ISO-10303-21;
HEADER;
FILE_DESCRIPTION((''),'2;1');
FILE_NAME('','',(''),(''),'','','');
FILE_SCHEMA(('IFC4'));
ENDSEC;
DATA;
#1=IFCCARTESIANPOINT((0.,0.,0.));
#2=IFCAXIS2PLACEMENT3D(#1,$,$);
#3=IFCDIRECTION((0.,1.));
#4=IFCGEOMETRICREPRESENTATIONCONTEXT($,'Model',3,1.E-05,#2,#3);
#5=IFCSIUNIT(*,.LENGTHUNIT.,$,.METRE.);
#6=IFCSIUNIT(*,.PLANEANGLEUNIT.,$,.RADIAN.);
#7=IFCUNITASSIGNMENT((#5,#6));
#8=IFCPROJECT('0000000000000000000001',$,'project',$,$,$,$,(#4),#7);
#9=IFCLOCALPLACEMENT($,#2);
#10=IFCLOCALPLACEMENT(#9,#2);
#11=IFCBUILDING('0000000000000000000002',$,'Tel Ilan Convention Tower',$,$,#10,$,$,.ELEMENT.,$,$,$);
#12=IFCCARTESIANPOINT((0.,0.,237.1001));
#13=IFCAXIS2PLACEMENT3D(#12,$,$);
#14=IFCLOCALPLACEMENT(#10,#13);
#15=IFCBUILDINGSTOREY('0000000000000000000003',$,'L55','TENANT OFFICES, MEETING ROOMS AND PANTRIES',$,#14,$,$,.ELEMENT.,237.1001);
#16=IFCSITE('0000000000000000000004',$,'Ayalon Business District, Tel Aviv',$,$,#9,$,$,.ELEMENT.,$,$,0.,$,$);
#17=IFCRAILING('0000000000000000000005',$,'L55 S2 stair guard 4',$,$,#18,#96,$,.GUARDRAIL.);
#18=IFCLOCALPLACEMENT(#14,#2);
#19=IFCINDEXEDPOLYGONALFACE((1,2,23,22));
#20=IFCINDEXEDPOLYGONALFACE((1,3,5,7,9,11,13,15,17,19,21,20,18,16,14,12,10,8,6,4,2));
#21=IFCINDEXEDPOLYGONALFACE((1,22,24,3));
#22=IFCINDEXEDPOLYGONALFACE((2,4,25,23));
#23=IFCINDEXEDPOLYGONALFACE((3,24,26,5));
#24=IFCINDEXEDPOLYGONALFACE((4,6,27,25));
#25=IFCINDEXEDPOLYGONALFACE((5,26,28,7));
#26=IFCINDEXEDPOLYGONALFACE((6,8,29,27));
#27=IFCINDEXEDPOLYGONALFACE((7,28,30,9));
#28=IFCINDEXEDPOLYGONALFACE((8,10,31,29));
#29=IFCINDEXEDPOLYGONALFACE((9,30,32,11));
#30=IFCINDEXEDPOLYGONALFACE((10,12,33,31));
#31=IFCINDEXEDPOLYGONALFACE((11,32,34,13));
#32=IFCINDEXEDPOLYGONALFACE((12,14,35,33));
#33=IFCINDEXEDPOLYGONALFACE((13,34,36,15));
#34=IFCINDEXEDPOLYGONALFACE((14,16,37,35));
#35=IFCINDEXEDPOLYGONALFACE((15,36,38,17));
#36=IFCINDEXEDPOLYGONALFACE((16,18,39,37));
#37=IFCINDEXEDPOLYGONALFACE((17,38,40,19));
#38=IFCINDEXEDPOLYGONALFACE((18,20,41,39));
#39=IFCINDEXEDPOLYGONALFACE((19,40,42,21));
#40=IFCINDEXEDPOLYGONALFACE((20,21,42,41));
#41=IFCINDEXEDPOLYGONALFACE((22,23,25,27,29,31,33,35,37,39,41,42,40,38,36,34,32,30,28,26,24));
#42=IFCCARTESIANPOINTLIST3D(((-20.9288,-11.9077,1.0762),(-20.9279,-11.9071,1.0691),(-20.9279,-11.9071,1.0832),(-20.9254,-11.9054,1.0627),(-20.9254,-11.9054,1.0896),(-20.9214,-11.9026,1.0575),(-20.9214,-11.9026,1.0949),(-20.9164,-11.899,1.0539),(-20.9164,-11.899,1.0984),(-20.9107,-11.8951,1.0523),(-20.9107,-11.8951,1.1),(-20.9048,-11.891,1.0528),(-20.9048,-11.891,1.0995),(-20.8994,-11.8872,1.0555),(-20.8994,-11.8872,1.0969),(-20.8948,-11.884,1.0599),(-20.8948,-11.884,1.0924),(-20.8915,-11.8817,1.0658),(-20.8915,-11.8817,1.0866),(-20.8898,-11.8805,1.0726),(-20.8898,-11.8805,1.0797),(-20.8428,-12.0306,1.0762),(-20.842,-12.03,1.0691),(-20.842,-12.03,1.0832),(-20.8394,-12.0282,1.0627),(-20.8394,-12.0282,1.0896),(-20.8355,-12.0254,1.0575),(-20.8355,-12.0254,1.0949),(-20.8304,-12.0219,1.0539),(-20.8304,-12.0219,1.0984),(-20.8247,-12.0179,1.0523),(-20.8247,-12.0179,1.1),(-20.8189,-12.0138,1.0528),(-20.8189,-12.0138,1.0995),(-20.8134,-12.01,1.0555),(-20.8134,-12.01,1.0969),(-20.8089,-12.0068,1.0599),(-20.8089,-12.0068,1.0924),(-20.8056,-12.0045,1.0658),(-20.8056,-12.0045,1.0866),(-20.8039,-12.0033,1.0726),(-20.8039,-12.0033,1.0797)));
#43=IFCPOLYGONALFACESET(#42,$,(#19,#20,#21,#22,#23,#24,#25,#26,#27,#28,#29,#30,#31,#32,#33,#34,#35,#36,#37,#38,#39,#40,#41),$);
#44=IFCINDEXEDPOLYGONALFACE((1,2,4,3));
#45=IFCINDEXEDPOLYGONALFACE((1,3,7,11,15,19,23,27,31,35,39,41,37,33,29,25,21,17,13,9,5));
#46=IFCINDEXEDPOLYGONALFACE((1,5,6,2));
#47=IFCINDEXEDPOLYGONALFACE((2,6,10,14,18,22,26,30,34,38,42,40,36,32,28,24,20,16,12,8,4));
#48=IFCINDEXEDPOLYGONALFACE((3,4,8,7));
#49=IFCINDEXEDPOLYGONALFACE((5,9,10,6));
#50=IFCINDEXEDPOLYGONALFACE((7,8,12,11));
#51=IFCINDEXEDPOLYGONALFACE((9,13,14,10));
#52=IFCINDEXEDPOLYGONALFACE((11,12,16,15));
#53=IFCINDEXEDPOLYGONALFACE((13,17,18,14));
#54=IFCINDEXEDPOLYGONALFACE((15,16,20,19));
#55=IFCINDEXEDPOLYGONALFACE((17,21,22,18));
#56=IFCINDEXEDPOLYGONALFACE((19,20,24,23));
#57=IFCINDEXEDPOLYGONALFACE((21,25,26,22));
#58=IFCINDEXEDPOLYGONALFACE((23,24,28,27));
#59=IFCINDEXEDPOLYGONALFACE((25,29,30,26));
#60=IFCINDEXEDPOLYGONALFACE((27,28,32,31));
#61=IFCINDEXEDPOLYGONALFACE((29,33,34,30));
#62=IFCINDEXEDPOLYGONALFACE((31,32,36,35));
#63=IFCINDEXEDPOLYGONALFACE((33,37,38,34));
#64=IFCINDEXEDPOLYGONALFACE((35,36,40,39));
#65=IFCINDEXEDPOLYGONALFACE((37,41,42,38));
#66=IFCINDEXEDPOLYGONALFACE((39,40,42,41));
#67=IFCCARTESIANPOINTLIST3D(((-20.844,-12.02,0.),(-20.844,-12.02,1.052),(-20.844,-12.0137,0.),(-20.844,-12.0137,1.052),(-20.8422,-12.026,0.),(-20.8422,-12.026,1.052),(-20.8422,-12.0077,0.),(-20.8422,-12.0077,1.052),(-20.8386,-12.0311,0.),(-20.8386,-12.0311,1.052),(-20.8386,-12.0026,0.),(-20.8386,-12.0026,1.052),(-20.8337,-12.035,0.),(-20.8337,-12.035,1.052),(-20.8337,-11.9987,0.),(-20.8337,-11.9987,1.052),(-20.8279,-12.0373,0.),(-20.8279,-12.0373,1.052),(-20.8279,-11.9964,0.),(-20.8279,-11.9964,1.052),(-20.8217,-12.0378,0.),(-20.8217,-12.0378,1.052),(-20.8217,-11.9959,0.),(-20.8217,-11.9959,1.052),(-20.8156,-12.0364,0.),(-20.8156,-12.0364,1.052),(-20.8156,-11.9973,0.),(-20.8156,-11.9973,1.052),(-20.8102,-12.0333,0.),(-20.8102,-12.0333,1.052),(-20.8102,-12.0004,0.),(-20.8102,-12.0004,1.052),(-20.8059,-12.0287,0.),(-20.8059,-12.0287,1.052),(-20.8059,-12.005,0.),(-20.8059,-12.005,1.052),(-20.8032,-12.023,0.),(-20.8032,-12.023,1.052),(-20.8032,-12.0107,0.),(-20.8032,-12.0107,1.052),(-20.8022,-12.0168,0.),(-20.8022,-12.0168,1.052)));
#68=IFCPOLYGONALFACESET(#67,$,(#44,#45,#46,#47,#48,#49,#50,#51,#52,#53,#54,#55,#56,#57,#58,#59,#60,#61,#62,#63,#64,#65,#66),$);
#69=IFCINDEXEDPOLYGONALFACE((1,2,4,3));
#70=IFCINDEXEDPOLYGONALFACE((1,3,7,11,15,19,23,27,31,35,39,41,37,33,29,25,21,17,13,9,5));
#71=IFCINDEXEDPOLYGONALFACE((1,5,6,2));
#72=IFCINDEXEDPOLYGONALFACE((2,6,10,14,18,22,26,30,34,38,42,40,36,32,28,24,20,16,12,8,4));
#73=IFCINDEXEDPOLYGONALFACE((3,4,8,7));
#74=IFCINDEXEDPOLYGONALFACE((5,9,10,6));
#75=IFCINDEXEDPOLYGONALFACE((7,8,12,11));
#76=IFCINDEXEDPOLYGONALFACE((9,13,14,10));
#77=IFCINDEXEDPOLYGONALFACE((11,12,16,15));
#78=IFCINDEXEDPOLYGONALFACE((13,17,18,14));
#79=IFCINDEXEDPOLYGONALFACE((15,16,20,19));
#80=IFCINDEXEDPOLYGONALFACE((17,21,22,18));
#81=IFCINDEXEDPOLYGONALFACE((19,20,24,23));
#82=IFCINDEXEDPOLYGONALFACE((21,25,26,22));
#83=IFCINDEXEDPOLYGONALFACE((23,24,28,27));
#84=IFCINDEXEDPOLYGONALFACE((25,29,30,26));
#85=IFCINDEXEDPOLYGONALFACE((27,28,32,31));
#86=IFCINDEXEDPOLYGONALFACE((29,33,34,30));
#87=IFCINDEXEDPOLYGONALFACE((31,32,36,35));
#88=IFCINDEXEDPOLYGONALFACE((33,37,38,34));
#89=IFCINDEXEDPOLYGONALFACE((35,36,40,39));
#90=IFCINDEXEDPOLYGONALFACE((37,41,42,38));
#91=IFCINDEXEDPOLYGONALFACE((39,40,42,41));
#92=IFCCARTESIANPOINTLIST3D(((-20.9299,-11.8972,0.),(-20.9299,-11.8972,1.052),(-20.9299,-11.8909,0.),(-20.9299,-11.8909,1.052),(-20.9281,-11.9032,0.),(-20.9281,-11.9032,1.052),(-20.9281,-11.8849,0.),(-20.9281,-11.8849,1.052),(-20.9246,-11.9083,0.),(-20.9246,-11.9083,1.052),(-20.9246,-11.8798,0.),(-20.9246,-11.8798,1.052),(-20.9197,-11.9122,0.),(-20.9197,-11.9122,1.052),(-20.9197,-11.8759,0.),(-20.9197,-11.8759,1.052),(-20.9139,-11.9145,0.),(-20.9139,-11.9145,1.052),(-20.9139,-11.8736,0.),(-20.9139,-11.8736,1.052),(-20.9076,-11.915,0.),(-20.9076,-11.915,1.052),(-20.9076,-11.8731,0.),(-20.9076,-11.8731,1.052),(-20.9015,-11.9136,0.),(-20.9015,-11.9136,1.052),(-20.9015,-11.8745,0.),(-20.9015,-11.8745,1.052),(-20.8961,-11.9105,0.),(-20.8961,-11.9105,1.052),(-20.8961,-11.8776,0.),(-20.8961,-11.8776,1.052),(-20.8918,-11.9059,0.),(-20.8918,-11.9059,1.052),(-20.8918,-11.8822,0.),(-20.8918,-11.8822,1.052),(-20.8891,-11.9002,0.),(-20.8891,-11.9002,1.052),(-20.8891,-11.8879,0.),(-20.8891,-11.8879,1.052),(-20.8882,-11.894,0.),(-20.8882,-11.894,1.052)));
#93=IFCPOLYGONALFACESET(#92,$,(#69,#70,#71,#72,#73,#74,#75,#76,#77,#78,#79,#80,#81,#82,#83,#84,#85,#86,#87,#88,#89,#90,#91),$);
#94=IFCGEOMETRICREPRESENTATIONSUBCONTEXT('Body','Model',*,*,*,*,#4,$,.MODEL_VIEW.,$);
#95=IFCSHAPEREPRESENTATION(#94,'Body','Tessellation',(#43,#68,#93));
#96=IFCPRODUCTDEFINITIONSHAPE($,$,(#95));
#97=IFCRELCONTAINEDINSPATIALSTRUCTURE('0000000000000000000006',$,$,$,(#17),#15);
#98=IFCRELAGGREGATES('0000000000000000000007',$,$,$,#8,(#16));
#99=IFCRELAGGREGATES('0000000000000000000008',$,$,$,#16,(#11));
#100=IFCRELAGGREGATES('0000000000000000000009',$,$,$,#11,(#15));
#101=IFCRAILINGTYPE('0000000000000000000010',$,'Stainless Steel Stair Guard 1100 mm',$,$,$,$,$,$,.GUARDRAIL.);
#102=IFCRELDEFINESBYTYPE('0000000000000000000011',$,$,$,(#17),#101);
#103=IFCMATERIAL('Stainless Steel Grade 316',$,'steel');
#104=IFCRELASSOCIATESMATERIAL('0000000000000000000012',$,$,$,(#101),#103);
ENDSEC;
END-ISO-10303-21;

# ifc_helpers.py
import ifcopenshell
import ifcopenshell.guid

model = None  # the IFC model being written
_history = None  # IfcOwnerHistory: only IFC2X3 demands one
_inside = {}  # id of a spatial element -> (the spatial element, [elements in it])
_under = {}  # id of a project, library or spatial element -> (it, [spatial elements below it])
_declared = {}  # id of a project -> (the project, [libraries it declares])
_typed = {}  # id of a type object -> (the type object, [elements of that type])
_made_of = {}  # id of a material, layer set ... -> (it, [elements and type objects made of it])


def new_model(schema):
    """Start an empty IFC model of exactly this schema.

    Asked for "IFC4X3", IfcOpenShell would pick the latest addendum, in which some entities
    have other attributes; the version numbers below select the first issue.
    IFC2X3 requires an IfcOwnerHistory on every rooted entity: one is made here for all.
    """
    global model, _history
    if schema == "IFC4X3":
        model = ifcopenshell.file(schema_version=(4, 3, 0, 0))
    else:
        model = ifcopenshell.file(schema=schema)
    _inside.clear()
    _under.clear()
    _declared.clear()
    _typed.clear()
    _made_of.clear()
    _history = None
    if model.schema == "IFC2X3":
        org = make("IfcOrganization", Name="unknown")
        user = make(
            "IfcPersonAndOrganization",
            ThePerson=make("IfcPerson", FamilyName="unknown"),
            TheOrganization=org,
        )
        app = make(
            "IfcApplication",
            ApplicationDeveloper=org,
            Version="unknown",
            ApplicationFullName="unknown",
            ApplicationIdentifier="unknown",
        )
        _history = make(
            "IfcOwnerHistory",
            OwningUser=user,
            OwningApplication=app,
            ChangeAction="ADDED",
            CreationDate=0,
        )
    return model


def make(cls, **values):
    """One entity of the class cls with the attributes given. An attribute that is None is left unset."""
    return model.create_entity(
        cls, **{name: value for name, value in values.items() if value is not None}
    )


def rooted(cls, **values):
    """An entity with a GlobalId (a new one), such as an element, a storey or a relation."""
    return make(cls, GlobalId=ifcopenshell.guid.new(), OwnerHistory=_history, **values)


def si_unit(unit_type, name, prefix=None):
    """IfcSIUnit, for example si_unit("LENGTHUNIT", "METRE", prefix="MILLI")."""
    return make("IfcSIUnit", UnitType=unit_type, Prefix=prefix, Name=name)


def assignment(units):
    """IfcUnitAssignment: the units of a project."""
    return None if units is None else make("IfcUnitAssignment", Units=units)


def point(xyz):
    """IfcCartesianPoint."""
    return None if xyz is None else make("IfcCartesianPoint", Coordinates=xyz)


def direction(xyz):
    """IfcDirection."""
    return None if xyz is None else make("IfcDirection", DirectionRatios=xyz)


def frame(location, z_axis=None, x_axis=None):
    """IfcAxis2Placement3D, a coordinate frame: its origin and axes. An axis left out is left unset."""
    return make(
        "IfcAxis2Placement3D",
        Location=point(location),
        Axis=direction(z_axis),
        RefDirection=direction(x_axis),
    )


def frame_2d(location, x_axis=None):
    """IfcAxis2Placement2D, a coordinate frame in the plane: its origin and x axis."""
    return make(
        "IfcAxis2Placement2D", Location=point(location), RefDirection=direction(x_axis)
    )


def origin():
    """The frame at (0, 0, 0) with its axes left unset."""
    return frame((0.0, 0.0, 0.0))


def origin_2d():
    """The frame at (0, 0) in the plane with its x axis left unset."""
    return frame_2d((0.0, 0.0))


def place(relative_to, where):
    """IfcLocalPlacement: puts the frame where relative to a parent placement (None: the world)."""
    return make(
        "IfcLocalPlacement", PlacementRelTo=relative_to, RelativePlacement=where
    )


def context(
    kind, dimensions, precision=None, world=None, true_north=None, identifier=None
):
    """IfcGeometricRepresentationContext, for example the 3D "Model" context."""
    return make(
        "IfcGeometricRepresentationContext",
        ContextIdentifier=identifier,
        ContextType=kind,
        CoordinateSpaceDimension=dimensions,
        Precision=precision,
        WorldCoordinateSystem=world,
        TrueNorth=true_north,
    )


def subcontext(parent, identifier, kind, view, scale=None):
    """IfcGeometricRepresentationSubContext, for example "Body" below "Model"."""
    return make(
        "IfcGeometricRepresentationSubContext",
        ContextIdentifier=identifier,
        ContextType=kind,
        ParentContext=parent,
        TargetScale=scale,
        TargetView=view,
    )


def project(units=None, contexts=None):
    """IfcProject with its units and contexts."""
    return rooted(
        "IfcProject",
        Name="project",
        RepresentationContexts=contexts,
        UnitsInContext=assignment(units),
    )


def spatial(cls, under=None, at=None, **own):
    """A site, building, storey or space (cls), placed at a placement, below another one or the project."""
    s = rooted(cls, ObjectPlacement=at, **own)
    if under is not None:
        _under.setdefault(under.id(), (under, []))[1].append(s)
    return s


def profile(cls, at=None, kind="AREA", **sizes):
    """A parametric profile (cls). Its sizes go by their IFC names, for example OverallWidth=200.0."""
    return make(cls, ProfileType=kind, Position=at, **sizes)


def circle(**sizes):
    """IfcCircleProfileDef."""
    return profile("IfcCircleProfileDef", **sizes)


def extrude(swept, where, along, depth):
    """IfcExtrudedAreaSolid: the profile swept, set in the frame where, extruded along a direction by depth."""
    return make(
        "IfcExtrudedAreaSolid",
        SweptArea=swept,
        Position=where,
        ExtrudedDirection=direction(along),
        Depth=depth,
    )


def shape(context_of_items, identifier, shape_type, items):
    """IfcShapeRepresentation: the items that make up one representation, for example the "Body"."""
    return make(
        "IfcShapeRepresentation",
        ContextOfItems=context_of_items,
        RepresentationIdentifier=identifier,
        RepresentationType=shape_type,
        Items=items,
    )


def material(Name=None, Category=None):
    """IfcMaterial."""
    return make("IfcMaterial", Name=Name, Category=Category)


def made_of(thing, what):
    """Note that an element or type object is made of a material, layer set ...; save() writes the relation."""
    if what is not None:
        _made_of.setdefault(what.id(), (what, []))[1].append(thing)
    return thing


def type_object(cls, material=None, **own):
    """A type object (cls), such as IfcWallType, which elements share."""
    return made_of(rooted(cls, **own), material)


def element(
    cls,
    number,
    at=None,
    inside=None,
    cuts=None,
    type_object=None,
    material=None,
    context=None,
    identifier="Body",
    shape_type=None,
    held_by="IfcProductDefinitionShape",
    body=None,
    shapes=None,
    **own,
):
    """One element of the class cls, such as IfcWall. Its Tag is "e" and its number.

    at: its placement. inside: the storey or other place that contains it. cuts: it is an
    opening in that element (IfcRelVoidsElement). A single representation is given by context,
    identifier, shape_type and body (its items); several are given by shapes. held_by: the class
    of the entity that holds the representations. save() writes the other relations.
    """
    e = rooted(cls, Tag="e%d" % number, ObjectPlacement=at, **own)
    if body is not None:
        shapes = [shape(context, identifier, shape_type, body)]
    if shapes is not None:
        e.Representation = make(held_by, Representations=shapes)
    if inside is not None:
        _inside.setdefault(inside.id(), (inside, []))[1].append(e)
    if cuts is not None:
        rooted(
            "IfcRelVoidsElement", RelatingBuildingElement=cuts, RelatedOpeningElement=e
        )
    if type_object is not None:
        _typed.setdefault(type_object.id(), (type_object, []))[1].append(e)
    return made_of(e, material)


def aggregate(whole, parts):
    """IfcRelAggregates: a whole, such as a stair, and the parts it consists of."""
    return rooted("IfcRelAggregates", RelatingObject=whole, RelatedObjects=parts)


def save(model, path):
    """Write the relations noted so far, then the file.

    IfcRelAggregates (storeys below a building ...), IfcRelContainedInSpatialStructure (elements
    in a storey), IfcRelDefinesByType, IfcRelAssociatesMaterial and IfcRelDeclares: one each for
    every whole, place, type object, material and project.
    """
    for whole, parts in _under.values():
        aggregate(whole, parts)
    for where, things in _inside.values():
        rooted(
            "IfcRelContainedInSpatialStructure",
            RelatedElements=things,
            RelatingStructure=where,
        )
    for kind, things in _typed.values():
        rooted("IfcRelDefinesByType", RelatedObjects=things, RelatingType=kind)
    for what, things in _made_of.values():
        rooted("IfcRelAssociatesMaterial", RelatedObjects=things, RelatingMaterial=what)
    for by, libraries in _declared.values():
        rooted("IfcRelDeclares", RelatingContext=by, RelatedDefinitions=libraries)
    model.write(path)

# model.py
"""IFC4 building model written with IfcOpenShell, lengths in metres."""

from ifc_helpers import new_model, si_unit, direction, frame, origin, origin_2d, place, context, subcontext, project, spatial, circle, extrude, material, type_object, element, save


model = new_model("IFC4")

# Units and contexts
model_context = context("Model", 3, precision=1e-05, world=origin(), true_north=direction((0.0, 1.0)))
body_context = subcontext(model_context, "Body", "Model", "MODEL_VIEW")
ifc_project = project(units=[si_unit("LENGTHUNIT", "METRE"), si_unit("PLANEANGLEUNIT", "RADIAN")], contexts=[model_context])

# Site, building, storey
site_placement = place(None, origin())
site = spatial("IfcSite", under=ifc_project, at=site_placement, Name="Ayalon Business District, Tel Aviv", CompositionType="ELEMENT", RefElevation=0.0)
building_placement = place(site_placement, origin())
building = spatial("IfcBuilding", under=site, at=building_placement, Name="Tel Ilan Convention Tower", CompositionType="ELEMENT")
storey_placement = place(building_placement, frame((0.0, 0.0, 237.1001)))
storey = spatial("IfcBuildingStorey", under=building, at=storey_placement, Name="L55", Description="TENANT OFFICES, MEETING ROOMS AND PANTRIES", CompositionType="ELEMENT", Elevation=237.1001)

# Railing
ifc_material_1 = material(Name="Stainless Steel Grade 316", Category="steel")
railing_type_1 = type_object("IfcRailingType", Name="Stainless Steel Stair Guard 1100 mm", PredefinedType="GUARDRAIL", material=ifc_material_1)
railing_1_placement = place(storey_placement, frame((-20.8232, -12.0168, 0.0)))
element("IfcRailing", 1, at=railing_1_placement, inside=storey, type_object=railing_type_1, Name="L55 S2 stair guard 4", PredefinedType="GUARDRAIL", context=body_context, shape_type="SweptSolid", body=[
    extrude(circle(Radius=0.0239, at=origin_2d()), frame((0.0, 0.0, 1.0762), z_axis=(-0.573353, 0.819308, 0.0), x_axis=(-0.819308, -0.573353, 0.0)), (0.0, 0.0, 1.0), 0.1499),
    extrude(circle(Radius=0.021, at=origin_2d()), origin(), (0.0, 0.0, 1.0), 1.052),
    extrude(circle(Radius=0.021, at=origin_2d()), frame((-0.0859, 0.1228, 0.0)), (0.0, 0.0, 1.0), 1.052),
])

save(model, "model.ifc")
